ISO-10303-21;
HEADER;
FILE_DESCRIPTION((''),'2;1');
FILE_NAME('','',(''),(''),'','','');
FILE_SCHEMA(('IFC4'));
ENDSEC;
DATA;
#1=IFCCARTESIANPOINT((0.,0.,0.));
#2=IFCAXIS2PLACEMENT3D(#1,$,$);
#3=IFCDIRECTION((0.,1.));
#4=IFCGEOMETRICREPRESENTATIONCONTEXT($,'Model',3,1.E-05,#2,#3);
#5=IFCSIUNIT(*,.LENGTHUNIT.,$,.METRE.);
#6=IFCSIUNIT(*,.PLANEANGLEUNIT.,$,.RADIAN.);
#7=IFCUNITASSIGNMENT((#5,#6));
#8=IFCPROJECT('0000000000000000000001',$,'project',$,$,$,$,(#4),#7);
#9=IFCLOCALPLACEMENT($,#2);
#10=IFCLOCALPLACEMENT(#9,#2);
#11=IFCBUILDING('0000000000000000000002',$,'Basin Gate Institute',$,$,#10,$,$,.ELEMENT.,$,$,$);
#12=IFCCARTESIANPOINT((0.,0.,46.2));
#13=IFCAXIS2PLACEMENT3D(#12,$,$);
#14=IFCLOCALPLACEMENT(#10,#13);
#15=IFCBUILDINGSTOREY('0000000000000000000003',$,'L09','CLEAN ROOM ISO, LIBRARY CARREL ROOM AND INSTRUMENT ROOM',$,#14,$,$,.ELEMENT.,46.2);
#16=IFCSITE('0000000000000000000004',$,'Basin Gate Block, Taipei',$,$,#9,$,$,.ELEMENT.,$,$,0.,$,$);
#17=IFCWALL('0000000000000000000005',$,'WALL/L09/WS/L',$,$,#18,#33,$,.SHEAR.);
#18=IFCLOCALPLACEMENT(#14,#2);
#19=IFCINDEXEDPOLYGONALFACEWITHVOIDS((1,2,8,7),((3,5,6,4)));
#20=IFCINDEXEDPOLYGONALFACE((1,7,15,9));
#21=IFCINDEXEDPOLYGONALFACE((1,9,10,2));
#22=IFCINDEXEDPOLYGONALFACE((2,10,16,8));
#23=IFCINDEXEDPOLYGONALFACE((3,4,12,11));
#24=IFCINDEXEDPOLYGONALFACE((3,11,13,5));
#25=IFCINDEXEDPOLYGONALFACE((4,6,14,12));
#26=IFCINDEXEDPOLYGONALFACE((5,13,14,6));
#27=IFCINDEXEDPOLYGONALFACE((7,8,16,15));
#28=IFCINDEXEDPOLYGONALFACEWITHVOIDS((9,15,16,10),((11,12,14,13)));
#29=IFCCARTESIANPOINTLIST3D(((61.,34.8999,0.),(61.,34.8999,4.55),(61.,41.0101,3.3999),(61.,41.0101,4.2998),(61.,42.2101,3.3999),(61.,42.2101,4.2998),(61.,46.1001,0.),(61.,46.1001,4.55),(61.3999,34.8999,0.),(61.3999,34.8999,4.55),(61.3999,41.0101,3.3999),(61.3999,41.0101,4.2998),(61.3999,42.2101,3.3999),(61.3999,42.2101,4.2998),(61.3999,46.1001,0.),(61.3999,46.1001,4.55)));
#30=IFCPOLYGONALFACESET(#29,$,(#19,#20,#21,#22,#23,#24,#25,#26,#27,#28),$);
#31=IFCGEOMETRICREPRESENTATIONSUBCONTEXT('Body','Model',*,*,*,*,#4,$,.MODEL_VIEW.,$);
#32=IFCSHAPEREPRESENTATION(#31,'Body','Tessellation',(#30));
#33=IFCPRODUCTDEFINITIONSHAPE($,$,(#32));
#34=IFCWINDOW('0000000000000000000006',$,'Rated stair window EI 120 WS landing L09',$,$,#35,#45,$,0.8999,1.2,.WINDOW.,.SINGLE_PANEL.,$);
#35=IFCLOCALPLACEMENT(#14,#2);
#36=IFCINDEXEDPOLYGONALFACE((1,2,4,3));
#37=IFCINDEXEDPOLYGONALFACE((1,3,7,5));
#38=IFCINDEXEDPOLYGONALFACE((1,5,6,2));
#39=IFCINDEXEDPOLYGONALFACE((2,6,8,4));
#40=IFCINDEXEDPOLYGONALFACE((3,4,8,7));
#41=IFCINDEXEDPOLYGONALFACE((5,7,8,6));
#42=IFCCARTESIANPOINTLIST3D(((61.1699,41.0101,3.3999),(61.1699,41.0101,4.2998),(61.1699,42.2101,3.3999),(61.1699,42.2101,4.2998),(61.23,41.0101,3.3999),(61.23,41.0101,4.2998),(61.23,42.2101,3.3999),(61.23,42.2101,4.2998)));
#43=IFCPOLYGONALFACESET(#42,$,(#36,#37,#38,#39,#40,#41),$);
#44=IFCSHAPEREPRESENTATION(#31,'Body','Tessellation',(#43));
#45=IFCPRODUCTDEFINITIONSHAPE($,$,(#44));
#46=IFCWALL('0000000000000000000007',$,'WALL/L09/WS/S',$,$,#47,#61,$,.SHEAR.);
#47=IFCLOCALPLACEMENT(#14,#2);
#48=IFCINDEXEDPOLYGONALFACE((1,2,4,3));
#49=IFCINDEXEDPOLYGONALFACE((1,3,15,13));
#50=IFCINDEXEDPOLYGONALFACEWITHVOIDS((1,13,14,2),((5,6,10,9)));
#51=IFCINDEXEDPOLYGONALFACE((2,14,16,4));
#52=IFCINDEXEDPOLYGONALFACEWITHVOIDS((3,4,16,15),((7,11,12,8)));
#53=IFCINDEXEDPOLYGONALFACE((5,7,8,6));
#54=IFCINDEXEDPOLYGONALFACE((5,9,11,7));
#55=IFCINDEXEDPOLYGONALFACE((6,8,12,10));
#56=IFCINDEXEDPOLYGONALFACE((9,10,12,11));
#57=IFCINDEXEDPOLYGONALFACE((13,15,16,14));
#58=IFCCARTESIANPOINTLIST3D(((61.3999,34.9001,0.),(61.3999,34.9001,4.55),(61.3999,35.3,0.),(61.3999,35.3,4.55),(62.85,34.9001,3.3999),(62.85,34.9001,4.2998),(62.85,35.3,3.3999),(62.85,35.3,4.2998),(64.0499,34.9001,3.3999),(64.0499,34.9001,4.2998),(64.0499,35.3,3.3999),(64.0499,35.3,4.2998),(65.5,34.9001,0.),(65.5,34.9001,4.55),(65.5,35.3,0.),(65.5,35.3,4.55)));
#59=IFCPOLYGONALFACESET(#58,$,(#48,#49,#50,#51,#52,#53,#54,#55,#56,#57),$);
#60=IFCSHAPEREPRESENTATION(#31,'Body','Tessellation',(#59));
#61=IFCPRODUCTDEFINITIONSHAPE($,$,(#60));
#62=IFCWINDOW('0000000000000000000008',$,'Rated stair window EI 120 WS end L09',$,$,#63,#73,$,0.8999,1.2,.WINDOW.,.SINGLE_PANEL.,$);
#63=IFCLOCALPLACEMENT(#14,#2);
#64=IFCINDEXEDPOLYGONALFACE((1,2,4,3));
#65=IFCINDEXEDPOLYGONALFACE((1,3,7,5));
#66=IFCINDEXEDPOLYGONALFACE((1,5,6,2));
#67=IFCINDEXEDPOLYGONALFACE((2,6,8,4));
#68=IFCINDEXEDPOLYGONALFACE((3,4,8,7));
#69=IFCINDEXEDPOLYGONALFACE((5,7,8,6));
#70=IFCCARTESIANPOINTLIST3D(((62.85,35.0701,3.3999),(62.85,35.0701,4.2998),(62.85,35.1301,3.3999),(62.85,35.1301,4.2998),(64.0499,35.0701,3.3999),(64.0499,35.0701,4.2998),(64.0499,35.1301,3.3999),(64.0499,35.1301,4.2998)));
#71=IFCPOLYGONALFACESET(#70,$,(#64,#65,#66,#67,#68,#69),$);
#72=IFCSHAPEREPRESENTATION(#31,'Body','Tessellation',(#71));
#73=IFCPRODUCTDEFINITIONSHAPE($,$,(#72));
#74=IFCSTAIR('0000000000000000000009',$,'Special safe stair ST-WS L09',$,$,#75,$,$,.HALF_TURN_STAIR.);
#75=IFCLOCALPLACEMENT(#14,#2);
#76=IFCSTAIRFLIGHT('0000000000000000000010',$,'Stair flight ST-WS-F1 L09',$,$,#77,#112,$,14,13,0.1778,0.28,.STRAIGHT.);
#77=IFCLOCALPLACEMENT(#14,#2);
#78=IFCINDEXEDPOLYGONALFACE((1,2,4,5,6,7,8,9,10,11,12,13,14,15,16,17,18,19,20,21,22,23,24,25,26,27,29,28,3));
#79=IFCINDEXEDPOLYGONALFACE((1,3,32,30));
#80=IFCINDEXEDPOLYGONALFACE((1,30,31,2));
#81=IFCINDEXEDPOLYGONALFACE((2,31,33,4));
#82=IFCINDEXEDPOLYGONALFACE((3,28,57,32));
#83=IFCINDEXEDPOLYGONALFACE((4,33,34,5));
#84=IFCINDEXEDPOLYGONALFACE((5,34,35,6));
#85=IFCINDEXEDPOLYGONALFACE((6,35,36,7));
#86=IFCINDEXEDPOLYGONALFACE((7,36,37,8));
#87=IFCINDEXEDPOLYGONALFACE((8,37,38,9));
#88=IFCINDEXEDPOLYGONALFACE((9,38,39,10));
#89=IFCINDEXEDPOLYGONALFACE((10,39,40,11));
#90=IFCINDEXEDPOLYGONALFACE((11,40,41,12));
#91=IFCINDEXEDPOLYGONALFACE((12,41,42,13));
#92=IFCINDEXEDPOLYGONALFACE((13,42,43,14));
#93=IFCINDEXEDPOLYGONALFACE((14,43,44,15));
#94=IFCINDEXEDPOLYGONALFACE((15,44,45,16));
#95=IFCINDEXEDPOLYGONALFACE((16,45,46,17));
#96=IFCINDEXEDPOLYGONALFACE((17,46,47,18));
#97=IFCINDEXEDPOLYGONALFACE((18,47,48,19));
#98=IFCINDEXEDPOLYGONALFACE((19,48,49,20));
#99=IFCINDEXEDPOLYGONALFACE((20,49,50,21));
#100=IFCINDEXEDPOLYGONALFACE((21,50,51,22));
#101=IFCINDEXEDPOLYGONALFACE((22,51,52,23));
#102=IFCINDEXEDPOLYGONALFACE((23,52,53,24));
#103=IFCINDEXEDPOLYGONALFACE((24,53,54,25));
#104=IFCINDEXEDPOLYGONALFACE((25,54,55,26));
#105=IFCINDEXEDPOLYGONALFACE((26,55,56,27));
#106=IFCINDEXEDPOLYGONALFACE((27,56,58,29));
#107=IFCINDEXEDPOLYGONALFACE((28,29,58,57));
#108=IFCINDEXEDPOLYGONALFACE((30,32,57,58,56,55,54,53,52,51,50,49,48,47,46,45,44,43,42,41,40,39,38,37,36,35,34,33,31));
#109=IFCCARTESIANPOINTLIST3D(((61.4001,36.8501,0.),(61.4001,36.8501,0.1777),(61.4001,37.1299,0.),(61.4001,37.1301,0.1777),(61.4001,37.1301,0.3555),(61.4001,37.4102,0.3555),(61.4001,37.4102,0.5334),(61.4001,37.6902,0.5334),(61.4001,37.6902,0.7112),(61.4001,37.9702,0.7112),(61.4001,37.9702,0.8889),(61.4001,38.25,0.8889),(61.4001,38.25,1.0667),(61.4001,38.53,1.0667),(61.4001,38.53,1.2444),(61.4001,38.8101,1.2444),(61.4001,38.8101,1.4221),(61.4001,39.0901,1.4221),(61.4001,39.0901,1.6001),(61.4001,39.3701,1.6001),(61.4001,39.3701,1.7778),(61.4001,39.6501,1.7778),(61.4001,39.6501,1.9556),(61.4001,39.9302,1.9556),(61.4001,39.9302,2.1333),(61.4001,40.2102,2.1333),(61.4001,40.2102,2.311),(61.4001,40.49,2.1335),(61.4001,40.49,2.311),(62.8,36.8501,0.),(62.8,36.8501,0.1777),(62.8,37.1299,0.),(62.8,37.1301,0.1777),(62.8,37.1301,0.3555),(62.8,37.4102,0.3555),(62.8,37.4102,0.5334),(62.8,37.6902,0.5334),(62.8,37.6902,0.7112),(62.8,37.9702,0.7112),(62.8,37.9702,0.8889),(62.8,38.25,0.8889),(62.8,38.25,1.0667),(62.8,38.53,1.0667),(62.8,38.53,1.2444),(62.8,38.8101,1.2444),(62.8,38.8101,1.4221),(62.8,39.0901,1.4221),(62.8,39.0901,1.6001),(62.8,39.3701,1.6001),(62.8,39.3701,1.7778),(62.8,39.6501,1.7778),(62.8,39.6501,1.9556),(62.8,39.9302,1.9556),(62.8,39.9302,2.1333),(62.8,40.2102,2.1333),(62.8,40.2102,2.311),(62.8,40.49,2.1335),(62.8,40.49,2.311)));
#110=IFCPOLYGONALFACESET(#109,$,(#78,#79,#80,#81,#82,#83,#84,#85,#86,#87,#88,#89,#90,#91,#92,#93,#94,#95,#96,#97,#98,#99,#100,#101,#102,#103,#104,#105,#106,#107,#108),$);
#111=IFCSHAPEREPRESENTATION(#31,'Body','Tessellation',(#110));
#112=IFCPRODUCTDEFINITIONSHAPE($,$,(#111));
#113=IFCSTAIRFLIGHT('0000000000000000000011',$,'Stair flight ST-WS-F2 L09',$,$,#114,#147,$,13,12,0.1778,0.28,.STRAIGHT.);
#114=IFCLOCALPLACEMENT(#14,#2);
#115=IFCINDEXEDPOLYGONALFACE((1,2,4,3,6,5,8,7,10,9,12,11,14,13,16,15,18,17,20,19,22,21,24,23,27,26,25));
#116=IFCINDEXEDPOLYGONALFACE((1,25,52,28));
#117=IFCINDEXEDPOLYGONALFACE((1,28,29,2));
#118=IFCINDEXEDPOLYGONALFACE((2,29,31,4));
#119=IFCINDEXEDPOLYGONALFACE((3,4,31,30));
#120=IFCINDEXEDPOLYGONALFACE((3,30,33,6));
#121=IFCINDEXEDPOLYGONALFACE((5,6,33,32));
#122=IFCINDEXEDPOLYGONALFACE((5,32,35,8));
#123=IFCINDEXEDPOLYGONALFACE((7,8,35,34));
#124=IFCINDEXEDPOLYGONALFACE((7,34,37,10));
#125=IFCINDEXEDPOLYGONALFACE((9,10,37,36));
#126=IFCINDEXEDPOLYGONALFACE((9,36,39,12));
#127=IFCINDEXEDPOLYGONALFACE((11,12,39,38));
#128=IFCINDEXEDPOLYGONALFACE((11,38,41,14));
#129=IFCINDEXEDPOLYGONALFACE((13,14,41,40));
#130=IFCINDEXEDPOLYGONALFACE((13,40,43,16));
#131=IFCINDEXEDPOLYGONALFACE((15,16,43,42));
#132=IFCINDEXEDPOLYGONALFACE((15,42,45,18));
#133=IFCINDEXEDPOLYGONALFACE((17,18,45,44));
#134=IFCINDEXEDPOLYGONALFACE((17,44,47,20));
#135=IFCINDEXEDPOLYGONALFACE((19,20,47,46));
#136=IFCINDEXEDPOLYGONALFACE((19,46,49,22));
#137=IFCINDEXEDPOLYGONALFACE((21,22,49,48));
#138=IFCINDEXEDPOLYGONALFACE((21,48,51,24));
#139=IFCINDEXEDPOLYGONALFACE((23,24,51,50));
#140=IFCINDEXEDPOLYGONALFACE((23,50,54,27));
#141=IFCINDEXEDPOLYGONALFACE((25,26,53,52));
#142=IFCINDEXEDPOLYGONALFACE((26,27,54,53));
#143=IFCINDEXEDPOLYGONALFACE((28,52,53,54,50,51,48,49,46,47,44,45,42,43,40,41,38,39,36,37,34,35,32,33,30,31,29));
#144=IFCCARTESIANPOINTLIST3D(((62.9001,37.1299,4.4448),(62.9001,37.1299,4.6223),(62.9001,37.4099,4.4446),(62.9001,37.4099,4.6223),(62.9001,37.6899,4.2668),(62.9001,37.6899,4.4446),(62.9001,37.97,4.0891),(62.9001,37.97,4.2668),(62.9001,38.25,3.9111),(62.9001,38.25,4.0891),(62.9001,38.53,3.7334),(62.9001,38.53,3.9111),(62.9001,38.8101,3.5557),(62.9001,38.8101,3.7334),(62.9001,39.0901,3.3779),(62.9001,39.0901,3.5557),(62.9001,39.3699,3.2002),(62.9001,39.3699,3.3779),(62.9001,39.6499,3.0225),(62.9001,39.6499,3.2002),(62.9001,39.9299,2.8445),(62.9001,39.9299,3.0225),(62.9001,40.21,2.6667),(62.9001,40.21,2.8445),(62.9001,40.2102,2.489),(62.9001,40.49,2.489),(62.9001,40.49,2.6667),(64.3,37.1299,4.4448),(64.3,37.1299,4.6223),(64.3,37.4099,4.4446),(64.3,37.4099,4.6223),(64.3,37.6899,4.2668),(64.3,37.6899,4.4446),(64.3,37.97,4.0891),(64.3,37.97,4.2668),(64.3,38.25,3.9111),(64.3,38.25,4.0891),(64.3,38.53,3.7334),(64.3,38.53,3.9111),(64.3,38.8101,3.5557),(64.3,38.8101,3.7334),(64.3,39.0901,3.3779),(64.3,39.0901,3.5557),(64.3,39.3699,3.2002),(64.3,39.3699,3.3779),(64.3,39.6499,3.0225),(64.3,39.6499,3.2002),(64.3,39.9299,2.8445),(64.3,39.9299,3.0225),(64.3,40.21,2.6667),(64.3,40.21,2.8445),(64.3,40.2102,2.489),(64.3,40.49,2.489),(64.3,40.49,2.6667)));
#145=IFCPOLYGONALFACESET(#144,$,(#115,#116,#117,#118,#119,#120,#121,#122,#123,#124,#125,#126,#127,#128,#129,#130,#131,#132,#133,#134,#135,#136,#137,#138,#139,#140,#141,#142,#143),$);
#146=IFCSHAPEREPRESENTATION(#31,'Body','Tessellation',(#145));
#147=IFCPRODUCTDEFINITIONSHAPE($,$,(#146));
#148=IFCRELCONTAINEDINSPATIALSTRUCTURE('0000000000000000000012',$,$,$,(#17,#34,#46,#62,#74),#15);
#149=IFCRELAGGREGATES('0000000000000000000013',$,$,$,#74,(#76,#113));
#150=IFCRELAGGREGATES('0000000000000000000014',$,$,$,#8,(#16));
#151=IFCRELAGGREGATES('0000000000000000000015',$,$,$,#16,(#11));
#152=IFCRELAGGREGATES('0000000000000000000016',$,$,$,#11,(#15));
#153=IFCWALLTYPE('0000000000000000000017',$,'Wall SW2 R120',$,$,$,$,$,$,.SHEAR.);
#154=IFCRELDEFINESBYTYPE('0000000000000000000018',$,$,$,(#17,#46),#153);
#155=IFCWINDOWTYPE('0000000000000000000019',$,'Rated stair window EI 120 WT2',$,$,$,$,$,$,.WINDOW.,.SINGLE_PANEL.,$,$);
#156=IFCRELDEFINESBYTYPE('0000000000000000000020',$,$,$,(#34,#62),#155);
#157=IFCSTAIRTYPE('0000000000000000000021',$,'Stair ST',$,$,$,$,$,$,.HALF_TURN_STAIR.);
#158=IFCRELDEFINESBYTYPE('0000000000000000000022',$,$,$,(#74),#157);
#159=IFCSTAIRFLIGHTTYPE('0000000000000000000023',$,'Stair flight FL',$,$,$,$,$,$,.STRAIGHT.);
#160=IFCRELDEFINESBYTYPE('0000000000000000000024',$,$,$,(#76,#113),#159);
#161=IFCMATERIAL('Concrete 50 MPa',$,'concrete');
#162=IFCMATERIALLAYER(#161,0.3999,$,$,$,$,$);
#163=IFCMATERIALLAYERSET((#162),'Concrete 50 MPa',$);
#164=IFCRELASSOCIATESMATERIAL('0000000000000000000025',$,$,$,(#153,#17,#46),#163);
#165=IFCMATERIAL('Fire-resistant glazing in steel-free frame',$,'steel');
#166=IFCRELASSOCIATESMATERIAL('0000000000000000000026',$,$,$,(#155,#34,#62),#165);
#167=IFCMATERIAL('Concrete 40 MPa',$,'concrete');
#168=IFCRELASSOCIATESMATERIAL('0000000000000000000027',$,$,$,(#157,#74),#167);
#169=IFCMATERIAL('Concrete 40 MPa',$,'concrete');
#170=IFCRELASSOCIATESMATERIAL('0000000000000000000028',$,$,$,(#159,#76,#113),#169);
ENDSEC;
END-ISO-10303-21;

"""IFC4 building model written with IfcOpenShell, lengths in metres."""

from ifc_helpers import new_model, si_unit, direction, frame, frame_2d, origin, place, context, subcontext, project, spatial, polyline, rectangle, outline, extrude, material, layer, layer_set, type_object, element, fill, aggregate, save


model = new_model("IFC4")

# Units and contexts
model_context = context("Model", 3, precision=1e-05, world=origin(), true_north=direction((0.0, 1.0)))
body_context = subcontext(model_context, "Body", "Model", "MODEL_VIEW")
ifc_project = project(units=[si_unit("LENGTHUNIT", "METRE"), si_unit("PLANEANGLEUNIT", "RADIAN")], contexts=[model_context])

# Site, building, storey
site_placement = place(None, origin())
site = spatial("IfcSite", under=ifc_project, at=site_placement, Name="Basin Gate Block, Taipei", CompositionType="ELEMENT", RefElevation=0.0)
building_placement = place(site_placement, origin())
building = spatial("IfcBuilding", under=site, at=building_placement, Name="Basin Gate Institute", CompositionType="ELEMENT")
storey_placement = place(building_placement, frame((0.0, 0.0, 46.2)))
storey = spatial("IfcBuildingStorey", under=building, at=storey_placement, Name="L09", Description="CLEAN ROOM ISO, LIBRARY CARREL ROOM AND INSTRUMENT ROOM", CompositionType="ELEMENT", Elevation=46.2)

# Walls, openings, windows
ifc_material_1 = material(Name="Concrete 50 MPa", Category="concrete")
ifc_layer_1 = layer(ifc_material_1, 0.3999)
ifc_layer_set_1 = layer_set([ifc_layer_1], Name="Concrete 50 MPa")
wall_type_1 = type_object("IfcWallType", Name="Wall SW2 R120", PredefinedType="SHEAR", material=ifc_layer_set_1)
wall_1_placement = place(storey_placement, frame((61.2, 34.8999, 0.0), z_axis=(0.0, 0.0, 1.0), x_axis=(0.0, 1.0, 0.0)))
wall_1 = element("IfcWall", 1, at=wall_1_placement, inside=storey, type_object=wall_type_1, material=ifc_layer_set_1, Name="WALL/L09/WS/L", PredefinedType="SHEAR", context=body_context, shape_type="SweptSolid", body=[
    extrude(rectangle(XDim=11.2002, YDim=0.3999, at=frame_2d((5.6001, 0.0))), origin(), (0.0, 0.0, 1.0), 4.55),
])
opening_1_placement = place(wall_1_placement, frame((6.1101, 0.0, 3.3999)))
opening_1 = element("IfcOpeningElement", 2, at=opening_1_placement, cuts=wall_1, PredefinedType="OPENING", context=body_context, shape_type="SweptSolid", body=[
    extrude(rectangle(XDim=1.2, YDim=0.8999, at=frame_2d((0.6001, 0.45))), frame((0.0, 0.21, 0.0), z_axis=(0.0, -1.0, 0.0), x_axis=(1.0, 0.0, 0.0)), (0.0, 0.0, 1.0), 0.4199),
])
ifc_material_2 = material(Name="Fire-resistant glazing in steel-free frame", Category="steel")
window_type_1 = type_object("IfcWindowType", Name="Rated stair window EI 120 WT2", PartitioningType="SINGLE_PANEL", PredefinedType="WINDOW", material=ifc_material_2)
window_1_placement = place(opening_1_placement, origin())
window_1 = element("IfcWindow", 3, at=window_1_placement, inside=storey, type_object=window_type_1, material=ifc_material_2, Name="Rated stair window EI 120 WS landing L09", OverallHeight=0.8999, OverallWidth=1.2, PartitioningType="SINGLE_PANEL", PredefinedType="WINDOW", context=body_context, shape_type="SweptSolid", body=[
    extrude(rectangle(XDim=1.2, YDim=0.8999, at=frame_2d((0.6001, 0.45))), frame((0.0, 0.03, 0.0), z_axis=(0.0, -1.0, 0.0), x_axis=(1.0, 0.0, 0.0)), (0.0, 0.0, 1.0), 0.0601),
])
fill(opening_1, window_1)
wall_2_placement = place(storey_placement, frame((61.3999, 35.1001, 0.0), z_axis=(0.0, 0.0, 1.0), x_axis=(1.0, 0.0, 0.0)))
wall_2 = element("IfcWall", 4, at=wall_2_placement, inside=storey, type_object=wall_type_1, material=ifc_layer_set_1, Name="WALL/L09/WS/S", PredefinedType="SHEAR", context=body_context, shape_type="SweptSolid", body=[
    extrude(rectangle(XDim=4.1001, YDim=0.3999, at=frame_2d((2.05, 0.0))), origin(), (0.0, 0.0, 1.0), 4.55),
])
opening_2_placement = place(wall_2_placement, frame((1.45, 0.0, 3.3999)))
opening_2 = element("IfcOpeningElement", 5, at=opening_2_placement, cuts=wall_2, PredefinedType="OPENING", context=body_context, shape_type="SweptSolid", body=[
    extrude(rectangle(XDim=1.2, YDim=0.8999, at=frame_2d((0.6001, 0.45))), frame((0.0, 0.21, 0.0), z_axis=(0.0, -1.0, 0.0), x_axis=(1.0, 0.0, 0.0)), (0.0, 0.0, 1.0), 0.4199),
])
window_2_placement = place(opening_2_placement, origin())
window_2 = element("IfcWindow", 6, at=window_2_placement, inside=storey, type_object=window_type_1, material=ifc_material_2, Name="Rated stair window EI 120 WS end L09", OverallHeight=0.8999, OverallWidth=1.2, PartitioningType="SINGLE_PANEL", PredefinedType="WINDOW", context=body_context, shape_type="SweptSolid", body=[
    extrude(rectangle(XDim=1.2, YDim=0.8999, at=frame_2d((0.6001, 0.45))), frame((0.0, 0.03, 0.0), z_axis=(0.0, -1.0, 0.0), x_axis=(1.0, 0.0, 0.0)), (0.0, 0.0, 1.0), 0.0601),
])
fill(opening_2, window_2)

# Stair, stair flights
ifc_material_3 = material(Name="Concrete 40 MPa", Category="concrete")
stair_type = type_object("IfcStairType", Name="Stair ST", PredefinedType="HALF_TURN_STAIR", material=ifc_material_3)
stair_placement = place(storey_placement, origin())
stair = element("IfcStair", 7, at=stair_placement, inside=storey, type_object=stair_type, material=ifc_material_3, Name="Special safe stair ST-WS L09", PredefinedType="HALF_TURN_STAIR")
ifc_material_4 = material(Name="Concrete 40 MPa", Category="concrete")
stair_flight_type = type_object("IfcStairFlightType", Name="Stair flight FL", PredefinedType="STRAIGHT", material=ifc_material_4)
stair_flight_1_placement = place(storey_placement, frame((62.1001, 36.8501, 0.0), z_axis=(0.0, 0.0, 1.0), x_axis=(0.0, 1.0, 0.0)))
stair_flight_1 = element("IfcStairFlight", 8, at=stair_flight_1_placement, type_object=stair_flight_type, material=ifc_material_4, Name="Stair flight ST-WS-F1 L09", NumberOfRisers=14, NumberOfTreads=13, PredefinedType="STRAIGHT", RiserHeight=0.1778, TreadLength=0.28, context=body_context, shape_type="SweptSolid", body=[
    extrude(outline(polyline([(0.0, 0.0), (0.0, 0.1777), (0.28, 0.1777), (0.28, 0.3555), (0.5601, 0.3555), (0.5601, 0.5334), (0.8401, 0.5334), (0.8401, 0.7112), (1.1201, 0.7112), (1.1201, 0.8889), (1.3999, 0.8889), (1.3999, 1.0667), (1.6799, 1.0667), (1.6799, 1.2444), (1.96, 1.2444), (1.96, 1.4221), (2.24, 1.4221), (2.24, 1.6001), (2.52, 1.6001), (2.52, 1.7778), (2.8, 1.7778), (2.8, 1.9556), (3.0801, 1.9556), (3.0801, 2.1333), (3.3601, 2.1333), (3.3601, 2.311), (3.6399, 2.311), (3.6399, 2.4888), (3.6399, 2.1335), (0.2798, 0.0), (0.0, 0.0)])), frame((0.0, 0.7, 0.0), z_axis=(0.0, -1.0, 0.0), x_axis=(1.0, 0.0, 0.0)), (0.0, 0.0, 1.0), 1.3999),
])
stair_flight_2_placement = place(storey_placement, frame((63.6001, 40.49, 2.489), z_axis=(0.0, 0.0, 1.0), x_axis=(0.0, -1.0, 0.0)))
stair_flight_2 = element("IfcStairFlight", 9, at=stair_flight_2_placement, type_object=stair_flight_type, material=ifc_material_4, Name="Stair flight ST-WS-F2 L09", NumberOfRisers=13, NumberOfTreads=12, PredefinedType="STRAIGHT", RiserHeight=0.1778, TreadLength=0.28, context=body_context, shape_type="SweptSolid", body=[
    extrude(outline(polyline([(0.0, 0.0), (0.0, 0.1777), (0.28, 0.1777), (0.28, 0.3555), (0.5601, 0.3555), (0.5601, 0.5334), (0.8401, 0.5334), (0.8401, 0.7112), (1.1201, 0.7112), (1.1201, 0.8889), (1.3999, 0.8889), (1.3999, 1.0667), (1.6799, 1.0667), (1.6799, 1.2444), (1.96, 1.2444), (1.96, 1.4221), (2.24, 1.4221), (2.24, 1.6001), (2.52, 1.6001), (2.52, 1.7778), (2.8, 1.7778), (2.8, 1.9556), (3.0801, 1.9556), (3.0801, 2.1333), (3.3601, 2.1333), (3.3601, 2.311), (3.3601, 1.9558), (0.2798, 0.0), (0.0, 0.0)])), frame((0.0, 0.7, 0.0), z_axis=(0.0, -1.0, 0.0), x_axis=(1.0, 0.0, 0.0)), (0.0, 0.0, 1.0), 1.3999),
])
aggregate(stair, [stair_flight_1, stair_flight_2])

save(model, "model.ifc")
